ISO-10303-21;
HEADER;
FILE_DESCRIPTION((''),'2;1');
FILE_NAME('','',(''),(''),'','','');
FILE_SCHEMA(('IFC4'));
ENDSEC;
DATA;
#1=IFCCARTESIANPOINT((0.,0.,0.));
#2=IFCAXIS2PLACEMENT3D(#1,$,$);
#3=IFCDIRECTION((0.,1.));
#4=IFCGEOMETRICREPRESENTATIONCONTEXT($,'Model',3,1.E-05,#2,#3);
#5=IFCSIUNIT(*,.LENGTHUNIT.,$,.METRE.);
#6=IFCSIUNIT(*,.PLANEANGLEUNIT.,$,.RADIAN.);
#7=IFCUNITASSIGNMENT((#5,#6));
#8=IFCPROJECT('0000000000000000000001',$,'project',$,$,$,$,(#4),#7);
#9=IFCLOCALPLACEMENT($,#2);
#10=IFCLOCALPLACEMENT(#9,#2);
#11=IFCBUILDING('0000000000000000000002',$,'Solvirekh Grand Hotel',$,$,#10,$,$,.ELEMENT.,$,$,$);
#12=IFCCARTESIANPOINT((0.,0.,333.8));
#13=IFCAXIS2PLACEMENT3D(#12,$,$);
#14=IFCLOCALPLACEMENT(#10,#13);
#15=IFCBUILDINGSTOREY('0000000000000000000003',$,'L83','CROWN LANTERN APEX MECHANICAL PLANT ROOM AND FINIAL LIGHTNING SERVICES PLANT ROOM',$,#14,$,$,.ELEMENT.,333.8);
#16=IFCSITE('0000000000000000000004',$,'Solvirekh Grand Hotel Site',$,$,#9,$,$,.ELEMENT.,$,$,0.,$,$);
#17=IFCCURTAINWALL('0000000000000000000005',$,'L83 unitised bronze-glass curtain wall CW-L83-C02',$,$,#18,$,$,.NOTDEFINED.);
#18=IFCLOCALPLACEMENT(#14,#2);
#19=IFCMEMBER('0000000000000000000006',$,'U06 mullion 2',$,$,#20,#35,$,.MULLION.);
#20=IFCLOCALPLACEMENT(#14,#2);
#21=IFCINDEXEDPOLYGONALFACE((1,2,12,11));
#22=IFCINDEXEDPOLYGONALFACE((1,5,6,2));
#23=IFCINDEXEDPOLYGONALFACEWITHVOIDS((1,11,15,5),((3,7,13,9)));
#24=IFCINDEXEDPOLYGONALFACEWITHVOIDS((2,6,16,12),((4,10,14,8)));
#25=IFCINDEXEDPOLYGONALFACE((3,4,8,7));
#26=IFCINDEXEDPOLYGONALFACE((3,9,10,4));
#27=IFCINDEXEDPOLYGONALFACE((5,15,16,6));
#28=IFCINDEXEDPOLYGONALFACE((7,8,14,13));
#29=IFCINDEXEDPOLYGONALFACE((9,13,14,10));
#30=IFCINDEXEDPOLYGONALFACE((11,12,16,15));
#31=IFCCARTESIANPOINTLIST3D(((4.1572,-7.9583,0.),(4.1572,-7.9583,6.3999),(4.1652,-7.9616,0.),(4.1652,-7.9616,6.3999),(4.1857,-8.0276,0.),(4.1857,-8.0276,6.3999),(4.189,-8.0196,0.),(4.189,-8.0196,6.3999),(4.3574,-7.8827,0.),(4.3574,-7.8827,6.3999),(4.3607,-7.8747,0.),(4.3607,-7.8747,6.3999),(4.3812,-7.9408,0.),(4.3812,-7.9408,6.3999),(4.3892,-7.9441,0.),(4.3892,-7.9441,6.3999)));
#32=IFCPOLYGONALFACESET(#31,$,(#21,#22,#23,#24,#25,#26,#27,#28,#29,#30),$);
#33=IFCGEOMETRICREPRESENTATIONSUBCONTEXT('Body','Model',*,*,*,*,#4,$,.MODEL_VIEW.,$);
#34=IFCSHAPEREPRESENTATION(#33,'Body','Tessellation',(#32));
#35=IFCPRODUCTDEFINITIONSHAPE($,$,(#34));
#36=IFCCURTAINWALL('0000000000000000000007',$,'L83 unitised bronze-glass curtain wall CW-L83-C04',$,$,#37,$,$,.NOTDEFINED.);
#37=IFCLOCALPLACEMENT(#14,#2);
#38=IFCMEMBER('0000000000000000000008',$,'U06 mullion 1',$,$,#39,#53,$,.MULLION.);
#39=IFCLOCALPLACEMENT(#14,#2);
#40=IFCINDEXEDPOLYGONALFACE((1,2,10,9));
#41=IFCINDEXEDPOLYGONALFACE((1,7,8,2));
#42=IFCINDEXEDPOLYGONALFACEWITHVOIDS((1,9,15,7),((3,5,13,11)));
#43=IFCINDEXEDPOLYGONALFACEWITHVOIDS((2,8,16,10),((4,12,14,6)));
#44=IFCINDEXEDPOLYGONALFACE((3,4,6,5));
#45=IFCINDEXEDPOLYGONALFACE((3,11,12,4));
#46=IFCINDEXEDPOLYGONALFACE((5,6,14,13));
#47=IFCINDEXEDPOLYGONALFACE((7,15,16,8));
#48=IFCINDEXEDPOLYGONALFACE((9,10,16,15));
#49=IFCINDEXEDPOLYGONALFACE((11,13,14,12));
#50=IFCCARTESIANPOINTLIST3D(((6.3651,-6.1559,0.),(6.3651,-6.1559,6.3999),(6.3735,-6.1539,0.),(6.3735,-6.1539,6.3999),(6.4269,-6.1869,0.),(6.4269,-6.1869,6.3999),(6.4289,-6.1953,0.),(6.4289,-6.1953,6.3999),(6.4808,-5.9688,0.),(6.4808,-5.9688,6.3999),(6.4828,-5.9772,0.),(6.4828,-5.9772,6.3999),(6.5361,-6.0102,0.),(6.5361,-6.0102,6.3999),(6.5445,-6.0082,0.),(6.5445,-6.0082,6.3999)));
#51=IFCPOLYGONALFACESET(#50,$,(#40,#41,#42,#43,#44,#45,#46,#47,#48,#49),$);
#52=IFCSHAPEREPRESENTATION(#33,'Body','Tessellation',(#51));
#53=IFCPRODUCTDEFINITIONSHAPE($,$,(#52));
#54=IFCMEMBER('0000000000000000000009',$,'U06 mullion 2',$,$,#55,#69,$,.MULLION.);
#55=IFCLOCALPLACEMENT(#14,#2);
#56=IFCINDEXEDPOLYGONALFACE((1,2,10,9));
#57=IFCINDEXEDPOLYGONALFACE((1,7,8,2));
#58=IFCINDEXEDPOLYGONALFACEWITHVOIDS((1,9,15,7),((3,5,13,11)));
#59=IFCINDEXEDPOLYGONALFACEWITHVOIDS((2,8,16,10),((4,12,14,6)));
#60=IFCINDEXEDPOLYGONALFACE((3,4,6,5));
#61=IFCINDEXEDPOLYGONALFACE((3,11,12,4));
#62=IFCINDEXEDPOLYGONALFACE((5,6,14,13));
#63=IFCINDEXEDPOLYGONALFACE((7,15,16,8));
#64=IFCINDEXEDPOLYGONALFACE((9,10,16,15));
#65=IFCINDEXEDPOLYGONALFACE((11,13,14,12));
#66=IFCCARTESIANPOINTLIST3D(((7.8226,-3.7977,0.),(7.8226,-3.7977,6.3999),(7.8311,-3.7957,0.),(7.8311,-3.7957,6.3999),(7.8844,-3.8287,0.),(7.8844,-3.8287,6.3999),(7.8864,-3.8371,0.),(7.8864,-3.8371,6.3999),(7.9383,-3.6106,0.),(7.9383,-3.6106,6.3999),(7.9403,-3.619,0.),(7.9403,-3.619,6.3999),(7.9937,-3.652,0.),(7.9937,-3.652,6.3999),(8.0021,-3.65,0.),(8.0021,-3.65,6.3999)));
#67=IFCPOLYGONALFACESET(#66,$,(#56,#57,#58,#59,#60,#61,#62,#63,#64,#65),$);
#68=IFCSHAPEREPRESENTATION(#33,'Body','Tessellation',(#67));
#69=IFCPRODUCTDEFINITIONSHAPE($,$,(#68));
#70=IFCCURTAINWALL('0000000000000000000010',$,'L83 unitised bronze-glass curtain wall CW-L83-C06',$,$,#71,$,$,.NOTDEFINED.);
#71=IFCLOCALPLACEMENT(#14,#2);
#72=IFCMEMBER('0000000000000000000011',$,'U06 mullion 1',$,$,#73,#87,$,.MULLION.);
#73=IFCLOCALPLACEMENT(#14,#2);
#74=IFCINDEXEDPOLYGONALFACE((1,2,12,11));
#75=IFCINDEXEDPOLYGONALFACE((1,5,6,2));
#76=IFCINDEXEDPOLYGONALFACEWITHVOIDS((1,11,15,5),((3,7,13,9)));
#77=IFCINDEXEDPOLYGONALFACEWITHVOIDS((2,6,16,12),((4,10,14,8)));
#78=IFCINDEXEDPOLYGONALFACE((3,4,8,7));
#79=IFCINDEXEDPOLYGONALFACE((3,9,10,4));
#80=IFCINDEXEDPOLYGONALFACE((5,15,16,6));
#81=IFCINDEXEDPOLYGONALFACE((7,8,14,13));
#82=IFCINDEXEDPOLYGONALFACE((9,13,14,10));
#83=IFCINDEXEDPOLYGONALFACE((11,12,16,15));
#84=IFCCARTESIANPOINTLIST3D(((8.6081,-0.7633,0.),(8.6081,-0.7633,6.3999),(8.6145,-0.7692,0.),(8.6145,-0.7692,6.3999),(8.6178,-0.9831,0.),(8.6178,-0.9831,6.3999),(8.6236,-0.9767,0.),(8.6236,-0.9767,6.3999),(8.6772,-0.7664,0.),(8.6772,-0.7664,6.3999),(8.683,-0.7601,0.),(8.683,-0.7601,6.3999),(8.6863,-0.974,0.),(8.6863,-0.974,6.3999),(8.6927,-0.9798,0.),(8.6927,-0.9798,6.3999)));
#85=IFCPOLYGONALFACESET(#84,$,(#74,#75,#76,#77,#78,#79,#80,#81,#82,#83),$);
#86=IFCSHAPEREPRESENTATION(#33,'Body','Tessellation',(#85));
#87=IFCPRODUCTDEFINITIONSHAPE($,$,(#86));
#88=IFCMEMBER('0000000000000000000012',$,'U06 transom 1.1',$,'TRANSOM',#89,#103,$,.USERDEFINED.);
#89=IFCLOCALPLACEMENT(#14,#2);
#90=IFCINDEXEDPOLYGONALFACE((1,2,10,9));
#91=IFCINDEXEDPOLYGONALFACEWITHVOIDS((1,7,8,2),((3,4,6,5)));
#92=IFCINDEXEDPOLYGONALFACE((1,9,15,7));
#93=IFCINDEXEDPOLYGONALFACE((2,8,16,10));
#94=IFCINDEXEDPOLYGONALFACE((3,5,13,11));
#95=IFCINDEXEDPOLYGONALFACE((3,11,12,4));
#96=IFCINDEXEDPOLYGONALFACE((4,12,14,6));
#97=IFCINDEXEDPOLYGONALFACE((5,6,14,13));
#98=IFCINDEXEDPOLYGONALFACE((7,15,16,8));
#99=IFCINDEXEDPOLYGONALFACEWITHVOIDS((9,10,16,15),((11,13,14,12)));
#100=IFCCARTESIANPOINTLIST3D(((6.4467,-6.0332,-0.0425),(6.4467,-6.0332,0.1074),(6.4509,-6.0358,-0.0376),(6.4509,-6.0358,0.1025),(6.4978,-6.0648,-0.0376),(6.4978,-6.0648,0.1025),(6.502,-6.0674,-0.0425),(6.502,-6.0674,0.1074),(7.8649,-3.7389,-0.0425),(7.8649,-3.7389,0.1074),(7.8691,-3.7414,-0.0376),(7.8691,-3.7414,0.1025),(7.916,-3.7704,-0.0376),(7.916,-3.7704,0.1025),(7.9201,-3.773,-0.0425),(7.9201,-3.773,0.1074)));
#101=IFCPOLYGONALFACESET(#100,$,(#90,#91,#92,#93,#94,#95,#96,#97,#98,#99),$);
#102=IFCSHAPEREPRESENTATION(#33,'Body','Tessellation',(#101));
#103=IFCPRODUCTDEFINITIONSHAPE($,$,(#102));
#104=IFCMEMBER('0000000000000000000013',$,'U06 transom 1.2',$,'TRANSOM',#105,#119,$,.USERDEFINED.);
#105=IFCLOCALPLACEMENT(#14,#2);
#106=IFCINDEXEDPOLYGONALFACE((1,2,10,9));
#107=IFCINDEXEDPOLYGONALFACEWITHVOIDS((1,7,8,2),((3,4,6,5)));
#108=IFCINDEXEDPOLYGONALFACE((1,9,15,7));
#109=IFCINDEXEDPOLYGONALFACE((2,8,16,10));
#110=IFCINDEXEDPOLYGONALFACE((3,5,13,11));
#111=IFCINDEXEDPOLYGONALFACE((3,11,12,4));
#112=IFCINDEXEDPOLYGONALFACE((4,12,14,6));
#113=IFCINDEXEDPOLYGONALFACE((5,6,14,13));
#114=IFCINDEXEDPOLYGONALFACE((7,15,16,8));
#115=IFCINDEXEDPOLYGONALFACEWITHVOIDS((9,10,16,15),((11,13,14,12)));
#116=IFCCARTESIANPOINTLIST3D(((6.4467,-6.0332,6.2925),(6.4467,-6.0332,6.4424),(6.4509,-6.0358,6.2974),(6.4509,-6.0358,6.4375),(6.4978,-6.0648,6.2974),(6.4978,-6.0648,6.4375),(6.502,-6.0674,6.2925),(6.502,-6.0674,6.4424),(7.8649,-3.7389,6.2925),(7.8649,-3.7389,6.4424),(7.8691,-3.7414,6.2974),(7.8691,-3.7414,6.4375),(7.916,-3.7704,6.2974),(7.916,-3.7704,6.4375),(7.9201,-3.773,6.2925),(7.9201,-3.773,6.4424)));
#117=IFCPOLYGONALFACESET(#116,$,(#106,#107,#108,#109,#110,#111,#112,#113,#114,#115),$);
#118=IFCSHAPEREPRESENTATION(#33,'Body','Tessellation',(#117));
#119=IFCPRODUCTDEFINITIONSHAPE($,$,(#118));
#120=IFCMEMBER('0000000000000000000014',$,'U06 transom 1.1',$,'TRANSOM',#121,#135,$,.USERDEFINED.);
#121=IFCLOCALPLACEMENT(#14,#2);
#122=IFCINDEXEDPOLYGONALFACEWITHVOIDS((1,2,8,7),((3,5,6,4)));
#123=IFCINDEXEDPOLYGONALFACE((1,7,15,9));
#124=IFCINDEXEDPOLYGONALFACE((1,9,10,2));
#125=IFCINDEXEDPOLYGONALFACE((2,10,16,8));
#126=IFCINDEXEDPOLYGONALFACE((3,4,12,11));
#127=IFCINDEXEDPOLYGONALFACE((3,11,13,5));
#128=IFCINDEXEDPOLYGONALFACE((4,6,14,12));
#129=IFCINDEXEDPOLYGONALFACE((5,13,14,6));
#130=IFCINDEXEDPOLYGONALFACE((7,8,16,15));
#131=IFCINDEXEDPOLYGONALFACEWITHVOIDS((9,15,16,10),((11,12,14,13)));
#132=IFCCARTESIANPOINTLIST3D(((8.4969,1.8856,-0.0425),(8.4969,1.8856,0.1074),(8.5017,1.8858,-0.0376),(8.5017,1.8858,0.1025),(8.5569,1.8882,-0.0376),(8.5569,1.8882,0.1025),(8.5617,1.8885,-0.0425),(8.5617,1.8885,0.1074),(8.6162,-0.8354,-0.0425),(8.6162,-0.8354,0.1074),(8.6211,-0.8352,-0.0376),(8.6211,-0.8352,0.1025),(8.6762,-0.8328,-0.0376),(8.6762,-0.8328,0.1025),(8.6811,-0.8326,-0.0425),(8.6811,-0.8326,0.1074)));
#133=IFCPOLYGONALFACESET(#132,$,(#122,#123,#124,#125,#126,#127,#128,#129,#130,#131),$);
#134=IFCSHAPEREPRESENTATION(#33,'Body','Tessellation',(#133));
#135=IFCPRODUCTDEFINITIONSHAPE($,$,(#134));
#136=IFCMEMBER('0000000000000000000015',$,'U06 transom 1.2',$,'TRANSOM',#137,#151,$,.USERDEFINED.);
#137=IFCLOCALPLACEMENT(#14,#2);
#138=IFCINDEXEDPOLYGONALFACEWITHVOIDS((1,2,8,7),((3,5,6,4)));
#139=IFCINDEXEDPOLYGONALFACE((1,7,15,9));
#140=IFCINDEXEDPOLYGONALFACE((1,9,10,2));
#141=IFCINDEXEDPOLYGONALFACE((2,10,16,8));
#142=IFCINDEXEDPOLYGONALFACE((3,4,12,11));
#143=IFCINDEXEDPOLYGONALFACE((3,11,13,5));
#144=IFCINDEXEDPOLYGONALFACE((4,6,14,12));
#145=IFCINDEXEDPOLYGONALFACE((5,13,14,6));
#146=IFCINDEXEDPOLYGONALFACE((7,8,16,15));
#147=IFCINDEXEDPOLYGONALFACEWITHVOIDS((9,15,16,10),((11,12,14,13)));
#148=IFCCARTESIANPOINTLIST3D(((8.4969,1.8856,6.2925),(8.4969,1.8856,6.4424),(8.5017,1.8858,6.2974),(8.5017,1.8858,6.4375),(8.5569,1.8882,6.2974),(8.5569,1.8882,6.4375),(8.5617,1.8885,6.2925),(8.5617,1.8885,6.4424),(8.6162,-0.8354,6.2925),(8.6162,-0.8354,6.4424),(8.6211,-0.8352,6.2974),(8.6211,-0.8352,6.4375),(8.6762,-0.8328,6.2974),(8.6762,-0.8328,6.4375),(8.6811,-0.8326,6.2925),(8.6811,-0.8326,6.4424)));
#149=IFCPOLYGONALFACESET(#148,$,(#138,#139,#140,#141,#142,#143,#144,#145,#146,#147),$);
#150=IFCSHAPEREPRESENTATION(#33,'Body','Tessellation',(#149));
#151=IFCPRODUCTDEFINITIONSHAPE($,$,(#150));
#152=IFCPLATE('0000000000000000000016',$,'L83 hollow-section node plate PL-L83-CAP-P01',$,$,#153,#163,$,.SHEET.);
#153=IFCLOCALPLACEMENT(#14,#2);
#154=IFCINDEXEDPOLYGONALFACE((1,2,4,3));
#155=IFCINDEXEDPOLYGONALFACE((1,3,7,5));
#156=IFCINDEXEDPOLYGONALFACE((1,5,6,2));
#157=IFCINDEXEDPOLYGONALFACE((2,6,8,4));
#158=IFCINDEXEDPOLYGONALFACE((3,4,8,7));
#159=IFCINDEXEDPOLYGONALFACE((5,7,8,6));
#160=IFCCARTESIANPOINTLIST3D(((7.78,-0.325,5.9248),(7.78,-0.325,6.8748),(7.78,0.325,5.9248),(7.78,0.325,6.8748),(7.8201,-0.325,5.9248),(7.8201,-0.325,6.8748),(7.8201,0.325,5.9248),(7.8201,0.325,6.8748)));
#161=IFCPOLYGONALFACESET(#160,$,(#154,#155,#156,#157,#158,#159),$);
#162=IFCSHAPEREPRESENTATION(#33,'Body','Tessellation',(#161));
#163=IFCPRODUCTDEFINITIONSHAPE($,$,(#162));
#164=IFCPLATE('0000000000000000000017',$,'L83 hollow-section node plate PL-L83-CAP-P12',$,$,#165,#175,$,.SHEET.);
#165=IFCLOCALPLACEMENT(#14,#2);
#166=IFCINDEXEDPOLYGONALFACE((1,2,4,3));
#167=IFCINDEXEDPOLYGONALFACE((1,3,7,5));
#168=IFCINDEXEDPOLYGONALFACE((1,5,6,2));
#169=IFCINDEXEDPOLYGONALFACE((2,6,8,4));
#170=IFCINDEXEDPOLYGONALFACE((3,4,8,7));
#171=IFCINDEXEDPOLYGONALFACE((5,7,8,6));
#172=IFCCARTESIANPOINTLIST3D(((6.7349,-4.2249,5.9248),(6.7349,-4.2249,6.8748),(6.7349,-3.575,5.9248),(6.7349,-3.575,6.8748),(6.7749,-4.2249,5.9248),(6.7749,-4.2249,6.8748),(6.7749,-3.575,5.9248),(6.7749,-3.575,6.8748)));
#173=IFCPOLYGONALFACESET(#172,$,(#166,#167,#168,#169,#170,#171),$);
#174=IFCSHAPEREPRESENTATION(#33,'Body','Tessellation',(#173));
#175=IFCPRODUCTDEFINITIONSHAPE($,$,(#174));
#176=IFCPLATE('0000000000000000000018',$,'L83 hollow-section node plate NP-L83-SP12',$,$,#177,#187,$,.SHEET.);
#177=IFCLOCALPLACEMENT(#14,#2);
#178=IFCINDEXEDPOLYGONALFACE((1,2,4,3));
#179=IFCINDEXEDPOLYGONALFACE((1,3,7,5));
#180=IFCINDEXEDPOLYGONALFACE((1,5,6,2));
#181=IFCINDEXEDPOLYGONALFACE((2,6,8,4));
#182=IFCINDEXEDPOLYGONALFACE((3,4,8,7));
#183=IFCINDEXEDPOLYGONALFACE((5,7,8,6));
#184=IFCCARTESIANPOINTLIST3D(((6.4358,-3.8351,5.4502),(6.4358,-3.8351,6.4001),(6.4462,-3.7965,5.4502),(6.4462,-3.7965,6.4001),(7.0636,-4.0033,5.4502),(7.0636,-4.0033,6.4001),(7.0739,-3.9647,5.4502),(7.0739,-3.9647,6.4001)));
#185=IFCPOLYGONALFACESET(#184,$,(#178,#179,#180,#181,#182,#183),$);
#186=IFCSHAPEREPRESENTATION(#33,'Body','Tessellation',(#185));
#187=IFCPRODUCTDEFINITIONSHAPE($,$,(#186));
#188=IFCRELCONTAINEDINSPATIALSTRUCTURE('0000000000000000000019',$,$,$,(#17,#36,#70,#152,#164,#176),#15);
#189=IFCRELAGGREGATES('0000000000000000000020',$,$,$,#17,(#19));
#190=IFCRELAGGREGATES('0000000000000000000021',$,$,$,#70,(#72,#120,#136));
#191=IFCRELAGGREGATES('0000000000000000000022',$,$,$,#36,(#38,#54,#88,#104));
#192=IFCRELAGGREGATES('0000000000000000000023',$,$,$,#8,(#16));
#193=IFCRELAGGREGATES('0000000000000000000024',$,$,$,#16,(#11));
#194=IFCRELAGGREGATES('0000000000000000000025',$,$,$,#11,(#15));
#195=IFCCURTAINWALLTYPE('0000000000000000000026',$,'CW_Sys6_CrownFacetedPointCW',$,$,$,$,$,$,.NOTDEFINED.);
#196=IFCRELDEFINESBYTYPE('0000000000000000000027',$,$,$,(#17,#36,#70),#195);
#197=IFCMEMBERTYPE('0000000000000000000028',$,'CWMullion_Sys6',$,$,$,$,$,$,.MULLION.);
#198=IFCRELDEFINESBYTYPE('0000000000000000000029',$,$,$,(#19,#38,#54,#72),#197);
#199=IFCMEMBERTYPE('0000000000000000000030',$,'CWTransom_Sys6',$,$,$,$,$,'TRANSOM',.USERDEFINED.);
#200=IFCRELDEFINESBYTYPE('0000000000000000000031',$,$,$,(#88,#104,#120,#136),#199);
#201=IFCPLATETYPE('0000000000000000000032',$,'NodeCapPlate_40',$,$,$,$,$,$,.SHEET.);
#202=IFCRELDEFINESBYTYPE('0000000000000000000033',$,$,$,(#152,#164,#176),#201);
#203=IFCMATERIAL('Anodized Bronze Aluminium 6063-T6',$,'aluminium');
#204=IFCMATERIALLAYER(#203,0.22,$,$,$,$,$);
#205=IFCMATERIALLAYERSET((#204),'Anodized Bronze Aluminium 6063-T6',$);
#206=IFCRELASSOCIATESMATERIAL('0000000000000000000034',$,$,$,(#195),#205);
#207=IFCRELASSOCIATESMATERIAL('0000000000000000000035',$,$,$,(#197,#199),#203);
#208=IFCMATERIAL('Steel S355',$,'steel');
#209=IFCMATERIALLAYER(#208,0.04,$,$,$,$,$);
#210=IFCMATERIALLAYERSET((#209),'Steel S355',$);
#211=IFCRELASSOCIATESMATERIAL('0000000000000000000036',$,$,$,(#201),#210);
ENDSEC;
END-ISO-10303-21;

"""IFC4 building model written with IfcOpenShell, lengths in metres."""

from ifc_helpers import new_model, si_unit, direction, frame, origin, origin_2d, place, context, subcontext, project, spatial, rectangle, hollow_rectangle, extrude, source, transform, mapped, material, layer, layer_set, material_profile, profile_set, type_object, element, aggregate, save


model = new_model("IFC4")

# Units and contexts
model_context = context("Model", 3, precision=1e-05, world=origin(), true_north=direction((0.0, 1.0)))
body_context = subcontext(model_context, "Body", "Model", "MODEL_VIEW")
ifc_project = project(units=[si_unit("LENGTHUNIT", "METRE"), si_unit("PLANEANGLEUNIT", "RADIAN")], contexts=[model_context])

# Site, building, storey
site_placement = place(None, origin())
site = spatial("IfcSite", under=ifc_project, at=site_placement, Name="Solvirekh Grand Hotel Site", CompositionType="ELEMENT", RefElevation=0.0)
building_placement = place(site_placement, origin())
building = spatial("IfcBuilding", under=site, at=building_placement, Name="Solvirekh Grand Hotel", CompositionType="ELEMENT")
storey_placement = place(building_placement, frame((0.0, 0.0, 333.8)))
storey = spatial("IfcBuildingStorey", under=building, at=storey_placement, Name="L83", Description="CROWN LANTERN APEX MECHANICAL PLANT ROOM AND FINIAL LIGHTNING SERVICES PLANT ROOM", CompositionType="ELEMENT", Elevation=333.8)

# Shared definitions
ifc_material_1 = material(Name="Steel S355", Category="steel")

# Curtain wall, member
ifc_material_2 = material(Name="Anodized Bronze Aluminium 6063-T6", Category="aluminium")
ifc_layer_1 = layer(ifc_material_2, 0.22)
ifc_layer_set_1 = layer_set([ifc_layer_1], Name="Anodized Bronze Aluminium 6063-T6")
curtain_wall_type = type_object("IfcCurtainWallType", Name="CW_Sys6_CrownFacetedPointCW", PredefinedType="NOTDEFINED", material=ifc_layer_set_1)
curtain_wall_1_placement = place(storey_placement, origin())
curtain_wall_1 = element("IfcCurtainWall", 1, at=curtain_wall_1_placement, inside=storey, type_object=curtain_wall_type, Name="L83 unitised bronze-glass curtain wall CW-L83-C02", PredefinedType="NOTDEFINED")
ifc_material_profile_1 = material_profile(ifc_material_2, hollow_rectangle(XDim=0.075, YDim=0.22, WallThickness=0.0061, at=origin_2d()), Name="ALU RHS 220X75X6")
ifc_profile_set_1 = profile_set([ifc_material_profile_1], Name="Anodized Bronze Aluminium 6063-T6")
member_type_1 = type_object("IfcMemberType", Name="CWMullion_Sys6", PredefinedType="MULLION", material=ifc_profile_set_1)
shared_shape_1 = source(origin(), body_context, "Body", "SweptSolid", [
    extrude(hollow_rectangle(XDim=0.075, YDim=0.22, WallThickness=0.0061, at=origin_2d()), origin(), (0.0, 0.0, 1.0), 6.3999),
])
member_1_placement = place(storey_placement, frame((4.2732, -7.9512, 0.0), z_axis=(0.0, 0.0, 1.0), x_axis=(-0.379636, 0.925136, 0.0)))
member_1 = element("IfcMember", 2, at=member_1_placement, type_object=member_type_1, Name="U06 mullion 2", PredefinedType="MULLION", context=body_context, shape_type="MappedRepresentation", body=[
    mapped(shared_shape_1, transform((0.0, 0.0, 0.0), x_axis=(1.0, 0.0, 0.0), y_axis=(0.0, 1.0, 0.0), z_axis=(0.0, 0.0, 1.0), scale=1.0)),
])
aggregate(curtain_wall_1, [member_1])

# Curtain wall, members
curtain_wall_2_placement = place(storey_placement, origin())
curtain_wall_2 = element("IfcCurtainWall", 3, at=curtain_wall_2_placement, inside=storey, type_object=curtain_wall_type, Name="L83 unitised bronze-glass curtain wall CW-L83-C04", PredefinedType="NOTDEFINED")
member_2_placement = place(storey_placement, frame((6.4548, -6.082, 0.0), z_axis=(0.0, 0.0, 1.0), x_axis=(-0.850632, 0.525762, 0.0)))
member_2 = element("IfcMember", 4, at=member_2_placement, type_object=member_type_1, Name="U06 mullion 1", PredefinedType="MULLION", context=body_context, shape_type="MappedRepresentation", body=[
    mapped(shared_shape_1, transform((0.0, 0.0, 0.0), x_axis=(1.0, 0.0, 0.0), y_axis=(0.0, 1.0, 0.0), z_axis=(0.0, 0.0, 1.0), scale=1.0)),
])
member_3_placement = place(storey_placement, frame((7.9124, -3.7239, 0.0), z_axis=(0.0, 0.0, 1.0), x_axis=(-0.850632, 0.525762, 0.0)))
member_3 = element("IfcMember", 5, at=member_3_placement, type_object=member_type_1, Name="U06 mullion 2", PredefinedType="MULLION", context=body_context, shape_type="MappedRepresentation", body=[
    mapped(shared_shape_1, transform((0.0, 0.0, 0.0), x_axis=(1.0, 0.0, 0.0), y_axis=(0.0, 1.0, 0.0), z_axis=(0.0, 0.0, 1.0), scale=1.0)),
])

# Curtain wall, member
curtain_wall_3_placement = place(storey_placement, origin())
curtain_wall_3 = element("IfcCurtainWall", 6, at=curtain_wall_3_placement, inside=storey, type_object=curtain_wall_type, Name="L83 unitised bronze-glass curtain wall CW-L83-C06", PredefinedType="NOTDEFINED")
member_4_placement = place(storey_placement, frame((8.6504, -0.8716, 0.0), z_axis=(0.0, 0.0, 1.0), x_axis=(-0.999038, -0.043845, 0.0)))
member_4 = element("IfcMember", 7, at=member_4_placement, type_object=member_type_1, Name="U06 mullion 1", PredefinedType="MULLION", context=body_context, shape_type="MappedRepresentation", body=[
    mapped(shared_shape_1, transform((0.0, 0.0, 0.0), x_axis=(1.0, 0.0, 0.0), y_axis=(0.0, 1.0, 0.0), z_axis=(0.0, 0.0, 1.0), scale=1.0)),
])

# Members
ifc_material_profile_2 = material_profile(ifc_material_2, hollow_rectangle(XDim=0.0649, YDim=0.1499, WallThickness=0.0049, at=origin_2d()), Name="ALU RHS 150X65X5")
ifc_profile_set_2 = profile_set([ifc_material_profile_2], Name="Anodized Bronze Aluminium 6063-T6")
member_type_2 = type_object("IfcMemberType", Name="CWTransom_Sys6", ElementType="TRANSOM", PredefinedType="USERDEFINED", material=ifc_profile_set_2)
shared_shape_2 = source(origin(), body_context, "Body", "SweptSolid", [
    extrude(hollow_rectangle(XDim=0.0649, YDim=0.1499, WallThickness=0.0049, at=origin_2d()), origin(), (0.0, 0.0, 1.0), 2.6973),
])
member_5_placement = place(storey_placement, frame((6.4744, -6.0503, 0.0325), z_axis=(0.525778, 0.850622, 0.0), x_axis=(-0.850622, 0.525778, 0.0)))
member_5 = element("IfcMember", 8, at=member_5_placement, type_object=member_type_2, Name="U06 transom 1.1", ObjectType="TRANSOM", PredefinedType="USERDEFINED", context=body_context, shape_type="MappedRepresentation", body=[
    mapped(shared_shape_2, transform((0.0, 0.0, 0.0), x_axis=(1.0, 0.0, 0.0), y_axis=(0.0, 1.0, 0.0), z_axis=(0.0, 0.0, 1.0), scale=1.0)),
])
member_6_placement = place(storey_placement, frame((6.4744, -6.0503, 6.3674), z_axis=(0.525778, 0.850622, 0.0), x_axis=(-0.850622, 0.525778, 0.0)))
member_6 = element("IfcMember", 9, at=member_6_placement, type_object=member_type_2, Name="U06 transom 1.2", ObjectType="TRANSOM", PredefinedType="USERDEFINED", context=body_context, shape_type="MappedRepresentation", body=[
    mapped(shared_shape_2, transform((0.0, 0.0, 0.0), x_axis=(1.0, 0.0, 0.0), y_axis=(0.0, 1.0, 0.0), z_axis=(0.0, 0.0, 1.0), scale=1.0)),
])
shared_shape_3 = source(origin(), body_context, "Body", "SweptSolid", [
    extrude(hollow_rectangle(XDim=0.0649, YDim=0.1499, WallThickness=0.0049, at=origin_2d()), origin(), (0.0, 0.0, 1.0), 2.7236),
])
member_7_placement = place(storey_placement, frame((8.6487, -0.834, 0.0325), z_axis=(-0.043834, 0.999039, 0.0), x_axis=(-0.999039, -0.043834, 0.0)))
member_7 = element("IfcMember", 10, at=member_7_placement, type_object=member_type_2, Name="U06 transom 1.1", ObjectType="TRANSOM", PredefinedType="USERDEFINED", context=body_context, shape_type="MappedRepresentation", body=[
    mapped(shared_shape_3, transform((0.0, 0.0, 0.0), x_axis=(1.0, 0.0, 0.0), y_axis=(0.0, 1.0, 0.0), z_axis=(0.0, 0.0, 1.0), scale=1.0)),
])
member_8_placement = place(storey_placement, frame((8.6487, -0.834, 6.3674), z_axis=(-0.043834, 0.999039, 0.0), x_axis=(-0.999039, -0.043834, 0.0)))
member_8 = element("IfcMember", 11, at=member_8_placement, type_object=member_type_2, Name="U06 transom 1.2", ObjectType="TRANSOM", PredefinedType="USERDEFINED", context=body_context, shape_type="MappedRepresentation", body=[
    mapped(shared_shape_3, transform((0.0, 0.0, 0.0), x_axis=(1.0, 0.0, 0.0), y_axis=(0.0, 1.0, 0.0), z_axis=(0.0, 0.0, 1.0), scale=1.0)),
])
aggregate(curtain_wall_3, [member_4, member_7, member_8])

# Plates
ifc_layer_2 = layer(ifc_material_1, 0.04)
ifc_layer_set_2 = layer_set([ifc_layer_2], Name="Steel S355")
plate_type_1 = type_object("IfcPlateType", Name="NodeCapPlate_40", PredefinedType="SHEET", material=ifc_layer_set_2)
for number, where, z_axis, x_axis, name in (
    (12, (7.8, 0.0, 5.9248), (0.0, 0.0, 1.0), (1.0, 0.0, 0.0), "L83 hollow-section node plate PL-L83-CAP-P01"),
    (13, (6.7549, -3.8999, 5.9248), (0.0, 0.0, 1.0), (1.0, 0.0, 0.0), "L83 hollow-section node plate PL-L83-CAP-P12"),
    (14, (6.7549, -3.8999, 5.4502), (0.0, 0.0, 1.0), (0.258819, 0.965926, 0.0), "L83 hollow-section node plate NP-L83-SP12"),
):
    element("IfcPlate", number, at=place(storey_placement, frame(where, z_axis=z_axis, x_axis=x_axis)), inside=storey, type_object=plate_type_1, Name=name, PredefinedType="SHEET", context=body_context, shape_type="SweptSolid", body=[
        extrude(rectangle(XDim=0.04, YDim=0.6499, at=origin_2d()), origin(), (0.0, 0.0, 1.0), 0.95),
    ])

aggregate(curtain_wall_2, [member_2, member_3, member_5, member_6])

save(model, "model.ifc")
